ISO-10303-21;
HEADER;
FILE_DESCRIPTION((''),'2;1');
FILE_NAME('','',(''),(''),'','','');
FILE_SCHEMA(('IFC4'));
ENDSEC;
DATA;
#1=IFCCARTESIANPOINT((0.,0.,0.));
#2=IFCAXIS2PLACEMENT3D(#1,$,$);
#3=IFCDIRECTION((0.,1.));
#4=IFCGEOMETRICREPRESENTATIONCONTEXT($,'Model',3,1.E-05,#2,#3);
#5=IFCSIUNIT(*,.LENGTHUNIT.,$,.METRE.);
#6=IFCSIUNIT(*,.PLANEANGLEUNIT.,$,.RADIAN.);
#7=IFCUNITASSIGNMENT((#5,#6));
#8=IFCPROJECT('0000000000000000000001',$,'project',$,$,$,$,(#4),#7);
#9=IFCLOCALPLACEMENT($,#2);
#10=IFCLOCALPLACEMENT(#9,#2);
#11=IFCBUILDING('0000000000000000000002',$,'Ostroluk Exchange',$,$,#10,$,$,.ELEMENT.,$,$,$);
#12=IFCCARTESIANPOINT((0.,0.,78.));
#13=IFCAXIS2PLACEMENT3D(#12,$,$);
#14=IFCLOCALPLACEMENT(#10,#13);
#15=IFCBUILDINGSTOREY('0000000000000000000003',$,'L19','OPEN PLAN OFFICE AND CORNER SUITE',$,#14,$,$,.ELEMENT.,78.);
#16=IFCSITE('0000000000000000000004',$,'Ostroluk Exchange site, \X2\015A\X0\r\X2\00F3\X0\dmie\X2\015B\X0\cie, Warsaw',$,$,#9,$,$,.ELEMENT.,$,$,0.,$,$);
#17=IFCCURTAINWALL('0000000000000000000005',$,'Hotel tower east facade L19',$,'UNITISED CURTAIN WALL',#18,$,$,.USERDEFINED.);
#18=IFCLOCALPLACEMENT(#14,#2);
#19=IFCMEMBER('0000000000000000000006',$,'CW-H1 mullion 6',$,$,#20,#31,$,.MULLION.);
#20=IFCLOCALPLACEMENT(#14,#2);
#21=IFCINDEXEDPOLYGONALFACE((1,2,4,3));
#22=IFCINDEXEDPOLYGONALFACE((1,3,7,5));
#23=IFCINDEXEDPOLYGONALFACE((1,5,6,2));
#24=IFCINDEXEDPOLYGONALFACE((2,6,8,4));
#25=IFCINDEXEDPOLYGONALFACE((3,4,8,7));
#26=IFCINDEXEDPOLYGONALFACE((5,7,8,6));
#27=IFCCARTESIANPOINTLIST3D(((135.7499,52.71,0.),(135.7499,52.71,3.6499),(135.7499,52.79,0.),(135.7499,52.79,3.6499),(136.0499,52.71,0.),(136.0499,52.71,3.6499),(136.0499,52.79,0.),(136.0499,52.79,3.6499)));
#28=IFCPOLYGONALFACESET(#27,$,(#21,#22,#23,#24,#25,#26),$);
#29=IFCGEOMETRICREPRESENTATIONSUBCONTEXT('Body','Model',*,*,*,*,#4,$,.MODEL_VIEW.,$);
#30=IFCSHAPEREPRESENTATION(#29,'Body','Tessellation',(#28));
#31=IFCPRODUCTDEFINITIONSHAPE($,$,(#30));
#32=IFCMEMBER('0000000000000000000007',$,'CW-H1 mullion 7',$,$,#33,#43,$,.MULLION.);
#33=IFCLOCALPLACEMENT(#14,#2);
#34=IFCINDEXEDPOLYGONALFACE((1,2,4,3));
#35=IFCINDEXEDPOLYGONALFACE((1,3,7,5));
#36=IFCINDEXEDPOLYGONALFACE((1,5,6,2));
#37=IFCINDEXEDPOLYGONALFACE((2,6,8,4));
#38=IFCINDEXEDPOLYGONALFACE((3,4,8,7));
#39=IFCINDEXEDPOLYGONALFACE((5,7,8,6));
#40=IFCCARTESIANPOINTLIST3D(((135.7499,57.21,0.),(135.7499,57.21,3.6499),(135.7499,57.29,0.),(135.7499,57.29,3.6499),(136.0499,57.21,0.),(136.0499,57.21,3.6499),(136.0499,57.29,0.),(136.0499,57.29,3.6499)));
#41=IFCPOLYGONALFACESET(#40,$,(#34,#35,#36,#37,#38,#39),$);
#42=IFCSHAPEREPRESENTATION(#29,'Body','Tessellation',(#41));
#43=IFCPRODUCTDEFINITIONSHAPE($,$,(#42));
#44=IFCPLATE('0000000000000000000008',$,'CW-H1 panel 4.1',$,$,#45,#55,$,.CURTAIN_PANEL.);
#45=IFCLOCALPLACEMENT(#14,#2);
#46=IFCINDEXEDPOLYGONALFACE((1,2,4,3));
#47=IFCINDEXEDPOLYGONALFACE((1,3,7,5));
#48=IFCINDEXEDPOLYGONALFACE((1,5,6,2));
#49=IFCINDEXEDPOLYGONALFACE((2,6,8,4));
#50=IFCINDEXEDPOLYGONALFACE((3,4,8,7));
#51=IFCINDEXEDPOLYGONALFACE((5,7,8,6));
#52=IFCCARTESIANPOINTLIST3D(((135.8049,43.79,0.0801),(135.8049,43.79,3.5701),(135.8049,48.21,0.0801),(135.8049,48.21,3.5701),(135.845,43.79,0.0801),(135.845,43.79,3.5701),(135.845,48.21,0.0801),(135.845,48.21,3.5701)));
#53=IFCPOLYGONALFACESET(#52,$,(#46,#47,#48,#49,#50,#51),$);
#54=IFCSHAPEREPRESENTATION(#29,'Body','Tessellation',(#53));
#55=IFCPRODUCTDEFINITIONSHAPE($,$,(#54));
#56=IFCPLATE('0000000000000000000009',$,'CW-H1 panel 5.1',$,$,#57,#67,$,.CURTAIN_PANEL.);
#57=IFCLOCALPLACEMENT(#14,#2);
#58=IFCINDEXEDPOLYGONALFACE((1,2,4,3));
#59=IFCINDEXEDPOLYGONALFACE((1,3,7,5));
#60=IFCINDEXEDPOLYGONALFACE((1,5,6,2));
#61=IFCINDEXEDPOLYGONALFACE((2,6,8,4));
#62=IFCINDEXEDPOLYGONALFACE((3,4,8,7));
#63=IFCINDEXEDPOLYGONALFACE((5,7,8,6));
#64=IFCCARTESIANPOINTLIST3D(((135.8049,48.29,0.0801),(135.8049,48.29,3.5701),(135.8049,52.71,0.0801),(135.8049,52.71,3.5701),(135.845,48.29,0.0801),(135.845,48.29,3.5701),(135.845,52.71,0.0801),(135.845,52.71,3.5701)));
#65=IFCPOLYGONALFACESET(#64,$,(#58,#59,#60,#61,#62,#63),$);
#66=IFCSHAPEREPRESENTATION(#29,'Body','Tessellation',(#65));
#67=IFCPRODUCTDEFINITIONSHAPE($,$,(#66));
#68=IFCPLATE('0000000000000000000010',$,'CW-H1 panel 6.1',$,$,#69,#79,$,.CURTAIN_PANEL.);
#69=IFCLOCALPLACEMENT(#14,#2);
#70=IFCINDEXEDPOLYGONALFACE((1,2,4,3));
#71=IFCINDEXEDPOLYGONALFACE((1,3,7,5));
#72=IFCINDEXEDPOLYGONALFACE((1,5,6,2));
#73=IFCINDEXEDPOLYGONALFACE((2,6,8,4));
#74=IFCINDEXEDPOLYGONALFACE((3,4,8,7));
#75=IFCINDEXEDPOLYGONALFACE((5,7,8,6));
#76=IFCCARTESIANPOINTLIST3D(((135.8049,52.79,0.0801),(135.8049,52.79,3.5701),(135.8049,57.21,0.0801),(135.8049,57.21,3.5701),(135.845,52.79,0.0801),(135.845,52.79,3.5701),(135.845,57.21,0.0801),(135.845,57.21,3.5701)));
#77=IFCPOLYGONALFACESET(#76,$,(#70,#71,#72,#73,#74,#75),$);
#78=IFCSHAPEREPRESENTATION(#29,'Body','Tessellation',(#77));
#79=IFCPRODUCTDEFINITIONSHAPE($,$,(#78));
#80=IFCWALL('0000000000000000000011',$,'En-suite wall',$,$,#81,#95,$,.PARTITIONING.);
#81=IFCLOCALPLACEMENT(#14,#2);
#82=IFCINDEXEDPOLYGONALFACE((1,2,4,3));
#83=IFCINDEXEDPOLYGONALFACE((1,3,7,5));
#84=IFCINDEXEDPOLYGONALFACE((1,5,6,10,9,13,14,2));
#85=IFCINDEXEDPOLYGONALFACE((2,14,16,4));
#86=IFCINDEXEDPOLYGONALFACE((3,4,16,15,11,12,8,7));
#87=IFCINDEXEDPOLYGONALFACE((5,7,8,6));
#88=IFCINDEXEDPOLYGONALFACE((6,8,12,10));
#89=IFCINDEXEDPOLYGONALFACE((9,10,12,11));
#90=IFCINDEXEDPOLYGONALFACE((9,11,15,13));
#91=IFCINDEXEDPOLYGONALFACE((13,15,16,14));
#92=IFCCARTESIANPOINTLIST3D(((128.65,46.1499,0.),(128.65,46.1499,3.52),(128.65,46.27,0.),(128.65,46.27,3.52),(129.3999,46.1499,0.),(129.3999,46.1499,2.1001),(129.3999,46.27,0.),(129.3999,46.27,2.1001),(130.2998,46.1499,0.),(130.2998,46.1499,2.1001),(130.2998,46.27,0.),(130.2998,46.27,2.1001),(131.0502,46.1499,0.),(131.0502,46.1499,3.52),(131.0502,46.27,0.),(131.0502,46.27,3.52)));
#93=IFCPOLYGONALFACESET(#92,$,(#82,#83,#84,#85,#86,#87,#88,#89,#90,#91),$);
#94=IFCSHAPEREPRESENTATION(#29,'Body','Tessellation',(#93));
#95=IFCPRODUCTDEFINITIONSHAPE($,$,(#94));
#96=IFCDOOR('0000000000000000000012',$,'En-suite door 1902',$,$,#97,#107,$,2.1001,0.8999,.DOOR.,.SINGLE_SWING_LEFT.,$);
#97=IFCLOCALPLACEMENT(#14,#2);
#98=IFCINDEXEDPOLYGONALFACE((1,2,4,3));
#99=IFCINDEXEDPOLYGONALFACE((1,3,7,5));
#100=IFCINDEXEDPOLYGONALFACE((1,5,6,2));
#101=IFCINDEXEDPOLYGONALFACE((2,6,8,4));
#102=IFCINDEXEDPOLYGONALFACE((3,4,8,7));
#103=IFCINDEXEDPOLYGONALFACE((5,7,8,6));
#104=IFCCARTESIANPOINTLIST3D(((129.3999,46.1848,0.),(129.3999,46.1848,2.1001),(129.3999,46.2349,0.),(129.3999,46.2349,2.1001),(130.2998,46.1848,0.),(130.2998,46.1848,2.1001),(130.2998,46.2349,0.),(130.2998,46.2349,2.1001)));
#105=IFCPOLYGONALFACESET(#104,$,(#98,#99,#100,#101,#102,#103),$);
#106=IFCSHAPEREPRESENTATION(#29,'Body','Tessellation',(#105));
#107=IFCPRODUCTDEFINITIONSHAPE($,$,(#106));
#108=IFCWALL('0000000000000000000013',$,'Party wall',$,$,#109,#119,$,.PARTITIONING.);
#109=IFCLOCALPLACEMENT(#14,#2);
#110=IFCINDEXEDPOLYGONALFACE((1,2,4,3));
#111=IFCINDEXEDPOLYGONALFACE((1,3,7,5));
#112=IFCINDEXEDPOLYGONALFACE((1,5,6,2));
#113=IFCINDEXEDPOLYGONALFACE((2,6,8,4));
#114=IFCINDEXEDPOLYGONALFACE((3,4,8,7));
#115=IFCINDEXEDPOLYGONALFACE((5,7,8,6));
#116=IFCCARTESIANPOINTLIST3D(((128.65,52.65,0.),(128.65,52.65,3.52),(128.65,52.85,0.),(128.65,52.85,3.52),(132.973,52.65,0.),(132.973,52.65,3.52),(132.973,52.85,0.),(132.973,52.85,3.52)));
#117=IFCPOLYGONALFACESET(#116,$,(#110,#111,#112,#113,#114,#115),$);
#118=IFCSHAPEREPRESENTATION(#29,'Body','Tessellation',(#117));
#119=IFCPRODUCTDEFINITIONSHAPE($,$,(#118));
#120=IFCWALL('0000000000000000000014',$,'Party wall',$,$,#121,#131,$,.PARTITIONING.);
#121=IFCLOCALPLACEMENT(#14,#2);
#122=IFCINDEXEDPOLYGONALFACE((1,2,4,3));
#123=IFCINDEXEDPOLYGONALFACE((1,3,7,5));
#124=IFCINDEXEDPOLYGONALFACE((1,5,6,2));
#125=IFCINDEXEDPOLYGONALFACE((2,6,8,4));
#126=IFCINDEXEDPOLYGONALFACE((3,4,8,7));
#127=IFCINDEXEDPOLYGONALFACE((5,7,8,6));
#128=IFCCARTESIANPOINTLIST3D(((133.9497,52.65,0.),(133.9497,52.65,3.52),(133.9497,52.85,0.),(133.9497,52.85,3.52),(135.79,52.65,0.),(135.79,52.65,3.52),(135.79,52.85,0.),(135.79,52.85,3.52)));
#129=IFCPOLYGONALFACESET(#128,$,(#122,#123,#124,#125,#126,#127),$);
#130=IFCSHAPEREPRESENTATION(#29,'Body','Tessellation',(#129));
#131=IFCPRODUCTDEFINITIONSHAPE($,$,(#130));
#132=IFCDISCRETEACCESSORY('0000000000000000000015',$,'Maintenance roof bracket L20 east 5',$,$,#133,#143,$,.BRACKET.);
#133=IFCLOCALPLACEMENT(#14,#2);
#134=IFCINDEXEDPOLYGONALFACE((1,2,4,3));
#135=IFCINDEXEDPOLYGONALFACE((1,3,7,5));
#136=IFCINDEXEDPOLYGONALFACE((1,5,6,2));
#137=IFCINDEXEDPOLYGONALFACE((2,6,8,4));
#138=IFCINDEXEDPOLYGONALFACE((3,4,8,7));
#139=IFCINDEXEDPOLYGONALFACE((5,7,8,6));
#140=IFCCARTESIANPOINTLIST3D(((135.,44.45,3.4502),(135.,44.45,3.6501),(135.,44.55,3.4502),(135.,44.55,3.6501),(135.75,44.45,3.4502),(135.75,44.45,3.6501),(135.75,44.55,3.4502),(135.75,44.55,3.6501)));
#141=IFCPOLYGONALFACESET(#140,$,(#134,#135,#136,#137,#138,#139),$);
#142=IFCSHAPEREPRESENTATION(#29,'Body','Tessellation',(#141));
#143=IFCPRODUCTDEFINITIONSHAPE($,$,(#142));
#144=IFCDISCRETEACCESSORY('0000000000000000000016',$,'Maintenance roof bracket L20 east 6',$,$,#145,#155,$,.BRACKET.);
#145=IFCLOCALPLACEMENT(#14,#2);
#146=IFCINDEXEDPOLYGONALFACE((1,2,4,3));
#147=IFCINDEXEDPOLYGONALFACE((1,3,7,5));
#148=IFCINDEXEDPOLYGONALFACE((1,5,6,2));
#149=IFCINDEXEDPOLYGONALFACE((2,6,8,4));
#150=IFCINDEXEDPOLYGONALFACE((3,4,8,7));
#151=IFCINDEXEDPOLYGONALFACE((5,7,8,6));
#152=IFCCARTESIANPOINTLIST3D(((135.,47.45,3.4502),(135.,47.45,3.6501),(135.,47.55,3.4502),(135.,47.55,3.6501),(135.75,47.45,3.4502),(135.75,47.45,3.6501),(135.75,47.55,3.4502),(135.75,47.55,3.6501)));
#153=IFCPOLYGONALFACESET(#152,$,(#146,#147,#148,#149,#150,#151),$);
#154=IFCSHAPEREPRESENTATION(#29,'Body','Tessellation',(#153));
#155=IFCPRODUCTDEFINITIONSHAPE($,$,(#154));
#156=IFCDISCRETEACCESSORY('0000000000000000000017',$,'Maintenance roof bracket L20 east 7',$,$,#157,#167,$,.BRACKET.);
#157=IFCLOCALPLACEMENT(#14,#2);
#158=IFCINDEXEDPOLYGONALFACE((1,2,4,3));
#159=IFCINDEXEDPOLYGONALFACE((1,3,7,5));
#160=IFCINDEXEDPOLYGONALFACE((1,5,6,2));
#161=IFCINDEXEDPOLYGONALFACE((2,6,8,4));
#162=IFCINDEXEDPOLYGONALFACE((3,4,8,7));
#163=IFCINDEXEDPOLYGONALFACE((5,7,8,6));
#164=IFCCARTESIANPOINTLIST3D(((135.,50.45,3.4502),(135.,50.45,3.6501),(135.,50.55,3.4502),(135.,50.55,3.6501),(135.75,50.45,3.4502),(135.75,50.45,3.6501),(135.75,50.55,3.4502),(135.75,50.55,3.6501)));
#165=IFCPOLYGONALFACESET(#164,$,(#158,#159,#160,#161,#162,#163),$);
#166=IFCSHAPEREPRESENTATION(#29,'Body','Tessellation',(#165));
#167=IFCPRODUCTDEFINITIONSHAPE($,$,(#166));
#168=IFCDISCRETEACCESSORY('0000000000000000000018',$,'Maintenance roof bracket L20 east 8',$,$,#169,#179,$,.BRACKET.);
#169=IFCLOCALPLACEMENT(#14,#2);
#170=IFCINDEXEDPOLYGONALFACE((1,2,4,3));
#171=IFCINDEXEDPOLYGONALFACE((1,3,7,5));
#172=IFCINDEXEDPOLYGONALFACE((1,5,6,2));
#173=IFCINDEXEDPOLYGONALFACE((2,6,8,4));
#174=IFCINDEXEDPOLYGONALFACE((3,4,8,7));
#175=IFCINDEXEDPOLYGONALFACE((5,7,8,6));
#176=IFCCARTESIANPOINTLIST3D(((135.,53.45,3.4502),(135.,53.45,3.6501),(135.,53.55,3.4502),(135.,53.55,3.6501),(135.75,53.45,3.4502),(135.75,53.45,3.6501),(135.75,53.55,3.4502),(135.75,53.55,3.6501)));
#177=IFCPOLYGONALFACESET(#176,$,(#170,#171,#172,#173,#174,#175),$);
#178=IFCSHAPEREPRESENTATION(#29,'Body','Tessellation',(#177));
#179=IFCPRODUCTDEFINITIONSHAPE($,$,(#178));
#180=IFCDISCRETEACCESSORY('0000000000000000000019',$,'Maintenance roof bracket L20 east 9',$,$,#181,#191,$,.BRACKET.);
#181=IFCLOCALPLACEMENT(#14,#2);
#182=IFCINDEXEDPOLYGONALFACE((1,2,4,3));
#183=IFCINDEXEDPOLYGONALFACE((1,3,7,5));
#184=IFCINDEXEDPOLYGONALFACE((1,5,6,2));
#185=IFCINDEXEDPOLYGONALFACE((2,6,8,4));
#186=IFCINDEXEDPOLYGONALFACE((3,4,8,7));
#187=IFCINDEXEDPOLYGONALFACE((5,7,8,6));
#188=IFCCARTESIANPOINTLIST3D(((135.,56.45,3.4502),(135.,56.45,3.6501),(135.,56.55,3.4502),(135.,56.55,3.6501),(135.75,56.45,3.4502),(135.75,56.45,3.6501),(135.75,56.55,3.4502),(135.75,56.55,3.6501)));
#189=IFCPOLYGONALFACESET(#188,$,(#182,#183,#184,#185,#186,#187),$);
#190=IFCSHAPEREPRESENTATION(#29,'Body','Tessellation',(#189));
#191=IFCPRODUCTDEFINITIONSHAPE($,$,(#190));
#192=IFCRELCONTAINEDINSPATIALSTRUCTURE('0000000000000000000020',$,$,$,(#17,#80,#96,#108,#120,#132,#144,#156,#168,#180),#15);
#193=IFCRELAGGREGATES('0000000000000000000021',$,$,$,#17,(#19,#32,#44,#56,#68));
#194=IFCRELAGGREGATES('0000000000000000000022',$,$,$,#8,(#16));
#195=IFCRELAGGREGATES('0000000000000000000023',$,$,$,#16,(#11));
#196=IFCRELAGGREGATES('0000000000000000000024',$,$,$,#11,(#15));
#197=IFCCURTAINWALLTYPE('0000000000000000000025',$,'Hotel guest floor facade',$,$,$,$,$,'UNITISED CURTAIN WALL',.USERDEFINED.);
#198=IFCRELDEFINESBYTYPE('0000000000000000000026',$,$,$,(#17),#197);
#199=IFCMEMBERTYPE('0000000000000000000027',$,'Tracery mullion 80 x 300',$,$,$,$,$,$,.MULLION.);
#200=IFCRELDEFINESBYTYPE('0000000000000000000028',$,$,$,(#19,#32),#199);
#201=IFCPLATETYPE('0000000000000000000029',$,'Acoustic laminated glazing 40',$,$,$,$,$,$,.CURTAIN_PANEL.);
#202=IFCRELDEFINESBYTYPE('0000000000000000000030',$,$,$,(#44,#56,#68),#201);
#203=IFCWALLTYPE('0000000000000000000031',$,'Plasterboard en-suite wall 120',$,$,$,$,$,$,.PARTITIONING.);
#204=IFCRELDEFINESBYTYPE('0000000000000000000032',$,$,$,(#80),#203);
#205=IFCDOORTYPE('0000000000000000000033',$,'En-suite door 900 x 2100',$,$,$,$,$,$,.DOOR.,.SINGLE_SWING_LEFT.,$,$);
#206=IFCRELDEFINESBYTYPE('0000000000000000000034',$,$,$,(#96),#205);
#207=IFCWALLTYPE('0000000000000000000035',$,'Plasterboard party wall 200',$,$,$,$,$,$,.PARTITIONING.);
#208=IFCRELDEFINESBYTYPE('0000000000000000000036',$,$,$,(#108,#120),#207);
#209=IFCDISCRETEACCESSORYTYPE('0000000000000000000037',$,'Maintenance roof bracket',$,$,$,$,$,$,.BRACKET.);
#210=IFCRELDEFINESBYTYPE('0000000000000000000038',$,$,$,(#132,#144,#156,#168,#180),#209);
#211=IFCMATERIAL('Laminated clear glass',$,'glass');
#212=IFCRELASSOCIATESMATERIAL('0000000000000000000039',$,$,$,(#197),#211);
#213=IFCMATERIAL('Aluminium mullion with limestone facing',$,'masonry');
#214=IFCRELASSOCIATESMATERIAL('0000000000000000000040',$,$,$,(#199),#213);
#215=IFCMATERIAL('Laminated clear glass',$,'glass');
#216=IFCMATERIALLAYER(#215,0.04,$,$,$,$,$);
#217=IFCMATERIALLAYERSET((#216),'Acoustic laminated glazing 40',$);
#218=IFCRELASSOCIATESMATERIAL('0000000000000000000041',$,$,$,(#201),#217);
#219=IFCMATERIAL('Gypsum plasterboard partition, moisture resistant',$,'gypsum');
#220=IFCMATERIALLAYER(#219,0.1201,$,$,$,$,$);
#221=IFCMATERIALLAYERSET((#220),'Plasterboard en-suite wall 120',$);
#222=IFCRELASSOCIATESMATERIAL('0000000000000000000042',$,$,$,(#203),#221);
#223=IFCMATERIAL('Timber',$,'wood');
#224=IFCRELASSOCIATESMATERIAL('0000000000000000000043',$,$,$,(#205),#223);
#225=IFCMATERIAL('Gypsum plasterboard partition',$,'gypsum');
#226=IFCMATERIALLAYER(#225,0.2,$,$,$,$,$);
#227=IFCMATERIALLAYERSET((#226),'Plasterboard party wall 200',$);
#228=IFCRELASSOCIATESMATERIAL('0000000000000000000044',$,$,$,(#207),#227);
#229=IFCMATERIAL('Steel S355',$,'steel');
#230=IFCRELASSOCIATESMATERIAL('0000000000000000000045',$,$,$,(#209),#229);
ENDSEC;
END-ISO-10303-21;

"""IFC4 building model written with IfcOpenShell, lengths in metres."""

from ifc_helpers import new_model, si_unit, direction, frame, frame_2d, origin, origin_2d, place, context, subcontext, project, spatial, rectangle, extrude, material, layer, layer_set, material_profile, profile_set, type_object, element, fill, aggregate, save


model = new_model("IFC4")

# Units and contexts
model_context = context("Model", 3, precision=1e-05, world=origin(), true_north=direction((0.0, 1.0)))
body_context = subcontext(model_context, "Body", "Model", "MODEL_VIEW")
ifc_project = project(units=[si_unit("LENGTHUNIT", "METRE"), si_unit("PLANEANGLEUNIT", "RADIAN")], contexts=[model_context])

# Site, building, storey
site_placement = place(None, origin())
site = spatial("IfcSite", under=ifc_project, at=site_placement, Name="Ostroluk Exchange site, Śródmieście, Warsaw", CompositionType="ELEMENT", RefElevation=0.0)
building_placement = place(site_placement, origin())
building = spatial("IfcBuilding", under=site, at=building_placement, Name="Ostroluk Exchange", CompositionType="ELEMENT")
storey_placement = place(building_placement, frame((0.0, 0.0, 78.0)))
storey = spatial("IfcBuildingStorey", under=building, at=storey_placement, Name="L19", Description="OPEN PLAN OFFICE AND CORNER SUITE", CompositionType="ELEMENT", Elevation=78.0)

# Curtain wall, members, plates
ifc_material_1 = material(Name="Laminated clear glass", Category="glass")
curtain_wall_type = type_object("IfcCurtainWallType", Name="Hotel guest floor facade", ElementType="UNITISED CURTAIN WALL", PredefinedType="USERDEFINED", material=ifc_material_1)
curtain_wall_placement = place(storey_placement, origin())
curtain_wall = element("IfcCurtainWall", 1, at=curtain_wall_placement, inside=storey, type_object=curtain_wall_type, Name="Hotel tower east facade L19", ObjectType="UNITISED CURTAIN WALL", PredefinedType="USERDEFINED")
ifc_material_2 = material(Name="Aluminium mullion with limestone facing", Category="masonry")
ifc_material_profile_1 = material_profile(ifc_material_2, rectangle(XDim=0.3, YDim=0.0801, at=origin_2d()), Name="Tracery mullion 80 x 300")
ifc_profile_set_1 = profile_set([ifc_material_profile_1], Name="Aluminium mullion with limestone facing")
member_type_1 = type_object("IfcMemberType", Name="Tracery mullion 80 x 300", PredefinedType="MULLION", material=ifc_profile_set_1)
member_1_placement = place(storey_placement, frame((135.8999, 52.75, 0.0), z_axis=(0.0, 0.0, 1.0), x_axis=(-1.0, 0.0, 0.0)))
member_1 = element("IfcMember", 2, at=member_1_placement, type_object=member_type_1, Name="CW-H1 mullion 6", PredefinedType="MULLION", context=body_context, shape_type="SweptSolid", body=[
    extrude(rectangle(XDim=0.3, YDim=0.0801, at=origin_2d()), origin(), (0.0, 0.0, 1.0), 3.6499),
])
member_2_placement = place(storey_placement, frame((135.8999, 57.25, 0.0), z_axis=(0.0, 0.0, 1.0), x_axis=(-1.0, 0.0, 0.0)))
member_2 = element("IfcMember", 3, at=member_2_placement, type_object=member_type_1, Name="CW-H1 mullion 7", PredefinedType="MULLION", context=body_context, shape_type="SweptSolid", body=[
    extrude(rectangle(XDim=0.3, YDim=0.0801, at=origin_2d()), origin(), (0.0, 0.0, 1.0), 3.6499),
])
ifc_material_3 = material(Name="Laminated clear glass", Category="glass")
ifc_layer_1 = layer(ifc_material_3, 0.04)
ifc_layer_set_1 = layer_set([ifc_layer_1], Name="Acoustic laminated glazing 40")
plate_type = type_object("IfcPlateType", Name="Acoustic laminated glazing 40", PredefinedType="CURTAIN_PANEL", material=ifc_layer_set_1)
plate_1_placement = place(storey_placement, frame((135.825, 46.0, 0.0801), z_axis=(0.0, 0.0, 1.0), x_axis=(0.0, 1.0, 0.0)))
plate_1 = element("IfcPlate", 4, at=plate_1_placement, type_object=plate_type, Name="CW-H1 panel 4.1", PredefinedType="CURTAIN_PANEL", context=body_context, shape_type="SweptSolid", body=[
    extrude(rectangle(XDim=4.4199, YDim=0.04, at=origin_2d()), origin(), (0.0, 0.0, 1.0), 3.49),
])
plate_2_placement = place(storey_placement, frame((135.825, 50.5, 0.0801), z_axis=(0.0, 0.0, 1.0), x_axis=(0.0, 1.0, 0.0)))
plate_2 = element("IfcPlate", 5, at=plate_2_placement, type_object=plate_type, Name="CW-H1 panel 5.1", PredefinedType="CURTAIN_PANEL", context=body_context, shape_type="SweptSolid", body=[
    extrude(rectangle(XDim=4.4199, YDim=0.04, at=origin_2d()), origin(), (0.0, 0.0, 1.0), 3.49),
])
plate_3_placement = place(storey_placement, frame((135.825, 55.0, 0.0801), z_axis=(0.0, 0.0, 1.0), x_axis=(0.0, 1.0, 0.0)))
plate_3 = element("IfcPlate", 6, at=plate_3_placement, type_object=plate_type, Name="CW-H1 panel 6.1", PredefinedType="CURTAIN_PANEL", context=body_context, shape_type="SweptSolid", body=[
    extrude(rectangle(XDim=4.4199, YDim=0.04, at=origin_2d()), origin(), (0.0, 0.0, 1.0), 3.49),
])
aggregate(curtain_wall, [member_1, member_2, plate_1, plate_2, plate_3])

# Wall, opening, door
ifc_material_4 = material(Name="Gypsum plasterboard partition, moisture resistant", Category="gypsum")
ifc_layer_2 = layer(ifc_material_4, 0.1201)
ifc_layer_set_2 = layer_set([ifc_layer_2], Name="Plasterboard en-suite wall 120")
wall_type_1 = type_object("IfcWallType", Name="Plasterboard en-suite wall 120", PredefinedType="PARTITIONING", material=ifc_layer_set_2)
wall_1_placement = place(storey_placement, frame((128.6499, 46.21, 0.0), z_axis=(0.0, 0.0, 1.0), x_axis=(1.0, 0.0, 0.0)))
wall_1 = element("IfcWall", 7, at=wall_1_placement, inside=storey, type_object=wall_type_1, Name="En-suite wall", PredefinedType="PARTITIONING", context=body_context, shape_type="SweptSolid", body=[
    extrude(rectangle(XDim=2.4001, YDim=0.1201, at=frame_2d((1.2002, 0.0))), origin(), (0.0, 0.0, 1.0), 3.52),
])
opening_placement = place(wall_1_placement, frame((0.75, 0.0, 0.0)))
opening = element("IfcOpeningElement", 8, at=opening_placement, cuts=wall_1, PredefinedType="OPENING", context=body_context, shape_type="SweptSolid", body=[
    extrude(rectangle(XDim=0.8999, YDim=2.1001, at=frame_2d((0.45, 1.05))), frame((0.0, 0.0701, 0.0), z_axis=(0.0, -1.0, 0.0), x_axis=(1.0, 0.0, 0.0)), (0.0, 0.0, 1.0), 0.1401),
])
ifc_material_5 = material(Name="Timber", Category="wood")
door_type = type_object("IfcDoorType", Name="En-suite door 900 x 2100", OperationType="SINGLE_SWING_LEFT", PredefinedType="DOOR", material=ifc_material_5)
door_placement = place(opening_placement, origin())
door = element("IfcDoor", 9, at=door_placement, inside=storey, type_object=door_type, Name="En-suite door 1902", OperationType="SINGLE_SWING_LEFT", OverallHeight=2.1001, OverallWidth=0.8999, PredefinedType="DOOR", context=body_context, shape_type="SweptSolid", body=[
    extrude(rectangle(XDim=0.8999, YDim=2.1001, at=frame_2d((0.45, 1.05))), frame((0.0, 0.0249, 0.0), z_axis=(0.0, -1.0, 0.0), x_axis=(1.0, 0.0, 0.0)), (0.0, 0.0, 1.0), 0.05),
])
fill(opening, door)

# Walls
ifc_material_6 = material(Name="Gypsum plasterboard partition", Category="gypsum")
ifc_layer_3 = layer(ifc_material_6, 0.2)
ifc_layer_set_3 = layer_set([ifc_layer_3], Name="Plasterboard party wall 200")
wall_type_2 = type_object("IfcWallType", Name="Plasterboard party wall 200", PredefinedType="PARTITIONING", material=ifc_layer_set_3)
wall_2_placement = place(storey_placement, frame((128.6499, 52.75, 0.0), z_axis=(0.0, 0.0, 1.0), x_axis=(1.0, 0.0, 0.0)))
element("IfcWall", 10, at=wall_2_placement, inside=storey, type_object=wall_type_2, Name="Party wall", PredefinedType="PARTITIONING", context=body_context, shape_type="SweptSolid", body=[
    extrude(rectangle(XDim=4.323, YDim=0.2, at=frame_2d((2.1616, 0.0))), origin(), (0.0, 0.0, 1.0), 3.52),
])
wall_3_placement = place(storey_placement, frame((133.9497, 52.75, 0.0), z_axis=(0.0, 0.0, 1.0), x_axis=(1.0, 0.0, 0.0)))
element("IfcWall", 11, at=wall_3_placement, inside=storey, type_object=wall_type_2, Name="Party wall", PredefinedType="PARTITIONING", context=body_context, shape_type="SweptSolid", body=[
    extrude(rectangle(XDim=1.8403, YDim=0.2, at=frame_2d((0.9202, 0.0))), origin(), (0.0, 0.0, 1.0), 3.52),
])

# Discrete accessories
ifc_material_7 = material(Name="Steel S355", Category="steel")
discrete_accessory_type = type_object("IfcDiscreteAccessoryType", Name="Maintenance roof bracket", PredefinedType="BRACKET", material=ifc_material_7)
for number, where, z_axis, x_axis, name in (
    (12, (135.375, 44.5, 3.4502), (0.0, 0.0, 1.0), (1.0, 0.0, 0.0), "Maintenance roof bracket L20 east 5"),
    (13, (135.375, 47.5, 3.4502), (0.0, 0.0, 1.0), (1.0, 0.0, 0.0), "Maintenance roof bracket L20 east 6"),
    (14, (135.375, 50.5, 3.4502), (0.0, 0.0, 1.0), (1.0, 0.0, 0.0), "Maintenance roof bracket L20 east 7"),
    (15, (135.375, 53.5, 3.4502), (0.0, 0.0, 1.0), (1.0, 0.0, 0.0), "Maintenance roof bracket L20 east 8"),
    (16, (135.375, 56.5, 3.4502), (0.0, 0.0, 1.0), (1.0, 0.0, 0.0), "Maintenance roof bracket L20 east 9"),
):
    element("IfcDiscreteAccessory", number, at=place(storey_placement, frame(where, z_axis=z_axis, x_axis=x_axis)), inside=storey, type_object=discrete_accessory_type, Name=name, PredefinedType="BRACKET", context=body_context, shape_type="SweptSolid", body=[
        extrude(rectangle(XDim=0.75, YDim=0.1001, at=origin_2d()), origin(), (0.0, 0.0, 1.0), 0.2),
    ])

save(model, "model.ifc")
